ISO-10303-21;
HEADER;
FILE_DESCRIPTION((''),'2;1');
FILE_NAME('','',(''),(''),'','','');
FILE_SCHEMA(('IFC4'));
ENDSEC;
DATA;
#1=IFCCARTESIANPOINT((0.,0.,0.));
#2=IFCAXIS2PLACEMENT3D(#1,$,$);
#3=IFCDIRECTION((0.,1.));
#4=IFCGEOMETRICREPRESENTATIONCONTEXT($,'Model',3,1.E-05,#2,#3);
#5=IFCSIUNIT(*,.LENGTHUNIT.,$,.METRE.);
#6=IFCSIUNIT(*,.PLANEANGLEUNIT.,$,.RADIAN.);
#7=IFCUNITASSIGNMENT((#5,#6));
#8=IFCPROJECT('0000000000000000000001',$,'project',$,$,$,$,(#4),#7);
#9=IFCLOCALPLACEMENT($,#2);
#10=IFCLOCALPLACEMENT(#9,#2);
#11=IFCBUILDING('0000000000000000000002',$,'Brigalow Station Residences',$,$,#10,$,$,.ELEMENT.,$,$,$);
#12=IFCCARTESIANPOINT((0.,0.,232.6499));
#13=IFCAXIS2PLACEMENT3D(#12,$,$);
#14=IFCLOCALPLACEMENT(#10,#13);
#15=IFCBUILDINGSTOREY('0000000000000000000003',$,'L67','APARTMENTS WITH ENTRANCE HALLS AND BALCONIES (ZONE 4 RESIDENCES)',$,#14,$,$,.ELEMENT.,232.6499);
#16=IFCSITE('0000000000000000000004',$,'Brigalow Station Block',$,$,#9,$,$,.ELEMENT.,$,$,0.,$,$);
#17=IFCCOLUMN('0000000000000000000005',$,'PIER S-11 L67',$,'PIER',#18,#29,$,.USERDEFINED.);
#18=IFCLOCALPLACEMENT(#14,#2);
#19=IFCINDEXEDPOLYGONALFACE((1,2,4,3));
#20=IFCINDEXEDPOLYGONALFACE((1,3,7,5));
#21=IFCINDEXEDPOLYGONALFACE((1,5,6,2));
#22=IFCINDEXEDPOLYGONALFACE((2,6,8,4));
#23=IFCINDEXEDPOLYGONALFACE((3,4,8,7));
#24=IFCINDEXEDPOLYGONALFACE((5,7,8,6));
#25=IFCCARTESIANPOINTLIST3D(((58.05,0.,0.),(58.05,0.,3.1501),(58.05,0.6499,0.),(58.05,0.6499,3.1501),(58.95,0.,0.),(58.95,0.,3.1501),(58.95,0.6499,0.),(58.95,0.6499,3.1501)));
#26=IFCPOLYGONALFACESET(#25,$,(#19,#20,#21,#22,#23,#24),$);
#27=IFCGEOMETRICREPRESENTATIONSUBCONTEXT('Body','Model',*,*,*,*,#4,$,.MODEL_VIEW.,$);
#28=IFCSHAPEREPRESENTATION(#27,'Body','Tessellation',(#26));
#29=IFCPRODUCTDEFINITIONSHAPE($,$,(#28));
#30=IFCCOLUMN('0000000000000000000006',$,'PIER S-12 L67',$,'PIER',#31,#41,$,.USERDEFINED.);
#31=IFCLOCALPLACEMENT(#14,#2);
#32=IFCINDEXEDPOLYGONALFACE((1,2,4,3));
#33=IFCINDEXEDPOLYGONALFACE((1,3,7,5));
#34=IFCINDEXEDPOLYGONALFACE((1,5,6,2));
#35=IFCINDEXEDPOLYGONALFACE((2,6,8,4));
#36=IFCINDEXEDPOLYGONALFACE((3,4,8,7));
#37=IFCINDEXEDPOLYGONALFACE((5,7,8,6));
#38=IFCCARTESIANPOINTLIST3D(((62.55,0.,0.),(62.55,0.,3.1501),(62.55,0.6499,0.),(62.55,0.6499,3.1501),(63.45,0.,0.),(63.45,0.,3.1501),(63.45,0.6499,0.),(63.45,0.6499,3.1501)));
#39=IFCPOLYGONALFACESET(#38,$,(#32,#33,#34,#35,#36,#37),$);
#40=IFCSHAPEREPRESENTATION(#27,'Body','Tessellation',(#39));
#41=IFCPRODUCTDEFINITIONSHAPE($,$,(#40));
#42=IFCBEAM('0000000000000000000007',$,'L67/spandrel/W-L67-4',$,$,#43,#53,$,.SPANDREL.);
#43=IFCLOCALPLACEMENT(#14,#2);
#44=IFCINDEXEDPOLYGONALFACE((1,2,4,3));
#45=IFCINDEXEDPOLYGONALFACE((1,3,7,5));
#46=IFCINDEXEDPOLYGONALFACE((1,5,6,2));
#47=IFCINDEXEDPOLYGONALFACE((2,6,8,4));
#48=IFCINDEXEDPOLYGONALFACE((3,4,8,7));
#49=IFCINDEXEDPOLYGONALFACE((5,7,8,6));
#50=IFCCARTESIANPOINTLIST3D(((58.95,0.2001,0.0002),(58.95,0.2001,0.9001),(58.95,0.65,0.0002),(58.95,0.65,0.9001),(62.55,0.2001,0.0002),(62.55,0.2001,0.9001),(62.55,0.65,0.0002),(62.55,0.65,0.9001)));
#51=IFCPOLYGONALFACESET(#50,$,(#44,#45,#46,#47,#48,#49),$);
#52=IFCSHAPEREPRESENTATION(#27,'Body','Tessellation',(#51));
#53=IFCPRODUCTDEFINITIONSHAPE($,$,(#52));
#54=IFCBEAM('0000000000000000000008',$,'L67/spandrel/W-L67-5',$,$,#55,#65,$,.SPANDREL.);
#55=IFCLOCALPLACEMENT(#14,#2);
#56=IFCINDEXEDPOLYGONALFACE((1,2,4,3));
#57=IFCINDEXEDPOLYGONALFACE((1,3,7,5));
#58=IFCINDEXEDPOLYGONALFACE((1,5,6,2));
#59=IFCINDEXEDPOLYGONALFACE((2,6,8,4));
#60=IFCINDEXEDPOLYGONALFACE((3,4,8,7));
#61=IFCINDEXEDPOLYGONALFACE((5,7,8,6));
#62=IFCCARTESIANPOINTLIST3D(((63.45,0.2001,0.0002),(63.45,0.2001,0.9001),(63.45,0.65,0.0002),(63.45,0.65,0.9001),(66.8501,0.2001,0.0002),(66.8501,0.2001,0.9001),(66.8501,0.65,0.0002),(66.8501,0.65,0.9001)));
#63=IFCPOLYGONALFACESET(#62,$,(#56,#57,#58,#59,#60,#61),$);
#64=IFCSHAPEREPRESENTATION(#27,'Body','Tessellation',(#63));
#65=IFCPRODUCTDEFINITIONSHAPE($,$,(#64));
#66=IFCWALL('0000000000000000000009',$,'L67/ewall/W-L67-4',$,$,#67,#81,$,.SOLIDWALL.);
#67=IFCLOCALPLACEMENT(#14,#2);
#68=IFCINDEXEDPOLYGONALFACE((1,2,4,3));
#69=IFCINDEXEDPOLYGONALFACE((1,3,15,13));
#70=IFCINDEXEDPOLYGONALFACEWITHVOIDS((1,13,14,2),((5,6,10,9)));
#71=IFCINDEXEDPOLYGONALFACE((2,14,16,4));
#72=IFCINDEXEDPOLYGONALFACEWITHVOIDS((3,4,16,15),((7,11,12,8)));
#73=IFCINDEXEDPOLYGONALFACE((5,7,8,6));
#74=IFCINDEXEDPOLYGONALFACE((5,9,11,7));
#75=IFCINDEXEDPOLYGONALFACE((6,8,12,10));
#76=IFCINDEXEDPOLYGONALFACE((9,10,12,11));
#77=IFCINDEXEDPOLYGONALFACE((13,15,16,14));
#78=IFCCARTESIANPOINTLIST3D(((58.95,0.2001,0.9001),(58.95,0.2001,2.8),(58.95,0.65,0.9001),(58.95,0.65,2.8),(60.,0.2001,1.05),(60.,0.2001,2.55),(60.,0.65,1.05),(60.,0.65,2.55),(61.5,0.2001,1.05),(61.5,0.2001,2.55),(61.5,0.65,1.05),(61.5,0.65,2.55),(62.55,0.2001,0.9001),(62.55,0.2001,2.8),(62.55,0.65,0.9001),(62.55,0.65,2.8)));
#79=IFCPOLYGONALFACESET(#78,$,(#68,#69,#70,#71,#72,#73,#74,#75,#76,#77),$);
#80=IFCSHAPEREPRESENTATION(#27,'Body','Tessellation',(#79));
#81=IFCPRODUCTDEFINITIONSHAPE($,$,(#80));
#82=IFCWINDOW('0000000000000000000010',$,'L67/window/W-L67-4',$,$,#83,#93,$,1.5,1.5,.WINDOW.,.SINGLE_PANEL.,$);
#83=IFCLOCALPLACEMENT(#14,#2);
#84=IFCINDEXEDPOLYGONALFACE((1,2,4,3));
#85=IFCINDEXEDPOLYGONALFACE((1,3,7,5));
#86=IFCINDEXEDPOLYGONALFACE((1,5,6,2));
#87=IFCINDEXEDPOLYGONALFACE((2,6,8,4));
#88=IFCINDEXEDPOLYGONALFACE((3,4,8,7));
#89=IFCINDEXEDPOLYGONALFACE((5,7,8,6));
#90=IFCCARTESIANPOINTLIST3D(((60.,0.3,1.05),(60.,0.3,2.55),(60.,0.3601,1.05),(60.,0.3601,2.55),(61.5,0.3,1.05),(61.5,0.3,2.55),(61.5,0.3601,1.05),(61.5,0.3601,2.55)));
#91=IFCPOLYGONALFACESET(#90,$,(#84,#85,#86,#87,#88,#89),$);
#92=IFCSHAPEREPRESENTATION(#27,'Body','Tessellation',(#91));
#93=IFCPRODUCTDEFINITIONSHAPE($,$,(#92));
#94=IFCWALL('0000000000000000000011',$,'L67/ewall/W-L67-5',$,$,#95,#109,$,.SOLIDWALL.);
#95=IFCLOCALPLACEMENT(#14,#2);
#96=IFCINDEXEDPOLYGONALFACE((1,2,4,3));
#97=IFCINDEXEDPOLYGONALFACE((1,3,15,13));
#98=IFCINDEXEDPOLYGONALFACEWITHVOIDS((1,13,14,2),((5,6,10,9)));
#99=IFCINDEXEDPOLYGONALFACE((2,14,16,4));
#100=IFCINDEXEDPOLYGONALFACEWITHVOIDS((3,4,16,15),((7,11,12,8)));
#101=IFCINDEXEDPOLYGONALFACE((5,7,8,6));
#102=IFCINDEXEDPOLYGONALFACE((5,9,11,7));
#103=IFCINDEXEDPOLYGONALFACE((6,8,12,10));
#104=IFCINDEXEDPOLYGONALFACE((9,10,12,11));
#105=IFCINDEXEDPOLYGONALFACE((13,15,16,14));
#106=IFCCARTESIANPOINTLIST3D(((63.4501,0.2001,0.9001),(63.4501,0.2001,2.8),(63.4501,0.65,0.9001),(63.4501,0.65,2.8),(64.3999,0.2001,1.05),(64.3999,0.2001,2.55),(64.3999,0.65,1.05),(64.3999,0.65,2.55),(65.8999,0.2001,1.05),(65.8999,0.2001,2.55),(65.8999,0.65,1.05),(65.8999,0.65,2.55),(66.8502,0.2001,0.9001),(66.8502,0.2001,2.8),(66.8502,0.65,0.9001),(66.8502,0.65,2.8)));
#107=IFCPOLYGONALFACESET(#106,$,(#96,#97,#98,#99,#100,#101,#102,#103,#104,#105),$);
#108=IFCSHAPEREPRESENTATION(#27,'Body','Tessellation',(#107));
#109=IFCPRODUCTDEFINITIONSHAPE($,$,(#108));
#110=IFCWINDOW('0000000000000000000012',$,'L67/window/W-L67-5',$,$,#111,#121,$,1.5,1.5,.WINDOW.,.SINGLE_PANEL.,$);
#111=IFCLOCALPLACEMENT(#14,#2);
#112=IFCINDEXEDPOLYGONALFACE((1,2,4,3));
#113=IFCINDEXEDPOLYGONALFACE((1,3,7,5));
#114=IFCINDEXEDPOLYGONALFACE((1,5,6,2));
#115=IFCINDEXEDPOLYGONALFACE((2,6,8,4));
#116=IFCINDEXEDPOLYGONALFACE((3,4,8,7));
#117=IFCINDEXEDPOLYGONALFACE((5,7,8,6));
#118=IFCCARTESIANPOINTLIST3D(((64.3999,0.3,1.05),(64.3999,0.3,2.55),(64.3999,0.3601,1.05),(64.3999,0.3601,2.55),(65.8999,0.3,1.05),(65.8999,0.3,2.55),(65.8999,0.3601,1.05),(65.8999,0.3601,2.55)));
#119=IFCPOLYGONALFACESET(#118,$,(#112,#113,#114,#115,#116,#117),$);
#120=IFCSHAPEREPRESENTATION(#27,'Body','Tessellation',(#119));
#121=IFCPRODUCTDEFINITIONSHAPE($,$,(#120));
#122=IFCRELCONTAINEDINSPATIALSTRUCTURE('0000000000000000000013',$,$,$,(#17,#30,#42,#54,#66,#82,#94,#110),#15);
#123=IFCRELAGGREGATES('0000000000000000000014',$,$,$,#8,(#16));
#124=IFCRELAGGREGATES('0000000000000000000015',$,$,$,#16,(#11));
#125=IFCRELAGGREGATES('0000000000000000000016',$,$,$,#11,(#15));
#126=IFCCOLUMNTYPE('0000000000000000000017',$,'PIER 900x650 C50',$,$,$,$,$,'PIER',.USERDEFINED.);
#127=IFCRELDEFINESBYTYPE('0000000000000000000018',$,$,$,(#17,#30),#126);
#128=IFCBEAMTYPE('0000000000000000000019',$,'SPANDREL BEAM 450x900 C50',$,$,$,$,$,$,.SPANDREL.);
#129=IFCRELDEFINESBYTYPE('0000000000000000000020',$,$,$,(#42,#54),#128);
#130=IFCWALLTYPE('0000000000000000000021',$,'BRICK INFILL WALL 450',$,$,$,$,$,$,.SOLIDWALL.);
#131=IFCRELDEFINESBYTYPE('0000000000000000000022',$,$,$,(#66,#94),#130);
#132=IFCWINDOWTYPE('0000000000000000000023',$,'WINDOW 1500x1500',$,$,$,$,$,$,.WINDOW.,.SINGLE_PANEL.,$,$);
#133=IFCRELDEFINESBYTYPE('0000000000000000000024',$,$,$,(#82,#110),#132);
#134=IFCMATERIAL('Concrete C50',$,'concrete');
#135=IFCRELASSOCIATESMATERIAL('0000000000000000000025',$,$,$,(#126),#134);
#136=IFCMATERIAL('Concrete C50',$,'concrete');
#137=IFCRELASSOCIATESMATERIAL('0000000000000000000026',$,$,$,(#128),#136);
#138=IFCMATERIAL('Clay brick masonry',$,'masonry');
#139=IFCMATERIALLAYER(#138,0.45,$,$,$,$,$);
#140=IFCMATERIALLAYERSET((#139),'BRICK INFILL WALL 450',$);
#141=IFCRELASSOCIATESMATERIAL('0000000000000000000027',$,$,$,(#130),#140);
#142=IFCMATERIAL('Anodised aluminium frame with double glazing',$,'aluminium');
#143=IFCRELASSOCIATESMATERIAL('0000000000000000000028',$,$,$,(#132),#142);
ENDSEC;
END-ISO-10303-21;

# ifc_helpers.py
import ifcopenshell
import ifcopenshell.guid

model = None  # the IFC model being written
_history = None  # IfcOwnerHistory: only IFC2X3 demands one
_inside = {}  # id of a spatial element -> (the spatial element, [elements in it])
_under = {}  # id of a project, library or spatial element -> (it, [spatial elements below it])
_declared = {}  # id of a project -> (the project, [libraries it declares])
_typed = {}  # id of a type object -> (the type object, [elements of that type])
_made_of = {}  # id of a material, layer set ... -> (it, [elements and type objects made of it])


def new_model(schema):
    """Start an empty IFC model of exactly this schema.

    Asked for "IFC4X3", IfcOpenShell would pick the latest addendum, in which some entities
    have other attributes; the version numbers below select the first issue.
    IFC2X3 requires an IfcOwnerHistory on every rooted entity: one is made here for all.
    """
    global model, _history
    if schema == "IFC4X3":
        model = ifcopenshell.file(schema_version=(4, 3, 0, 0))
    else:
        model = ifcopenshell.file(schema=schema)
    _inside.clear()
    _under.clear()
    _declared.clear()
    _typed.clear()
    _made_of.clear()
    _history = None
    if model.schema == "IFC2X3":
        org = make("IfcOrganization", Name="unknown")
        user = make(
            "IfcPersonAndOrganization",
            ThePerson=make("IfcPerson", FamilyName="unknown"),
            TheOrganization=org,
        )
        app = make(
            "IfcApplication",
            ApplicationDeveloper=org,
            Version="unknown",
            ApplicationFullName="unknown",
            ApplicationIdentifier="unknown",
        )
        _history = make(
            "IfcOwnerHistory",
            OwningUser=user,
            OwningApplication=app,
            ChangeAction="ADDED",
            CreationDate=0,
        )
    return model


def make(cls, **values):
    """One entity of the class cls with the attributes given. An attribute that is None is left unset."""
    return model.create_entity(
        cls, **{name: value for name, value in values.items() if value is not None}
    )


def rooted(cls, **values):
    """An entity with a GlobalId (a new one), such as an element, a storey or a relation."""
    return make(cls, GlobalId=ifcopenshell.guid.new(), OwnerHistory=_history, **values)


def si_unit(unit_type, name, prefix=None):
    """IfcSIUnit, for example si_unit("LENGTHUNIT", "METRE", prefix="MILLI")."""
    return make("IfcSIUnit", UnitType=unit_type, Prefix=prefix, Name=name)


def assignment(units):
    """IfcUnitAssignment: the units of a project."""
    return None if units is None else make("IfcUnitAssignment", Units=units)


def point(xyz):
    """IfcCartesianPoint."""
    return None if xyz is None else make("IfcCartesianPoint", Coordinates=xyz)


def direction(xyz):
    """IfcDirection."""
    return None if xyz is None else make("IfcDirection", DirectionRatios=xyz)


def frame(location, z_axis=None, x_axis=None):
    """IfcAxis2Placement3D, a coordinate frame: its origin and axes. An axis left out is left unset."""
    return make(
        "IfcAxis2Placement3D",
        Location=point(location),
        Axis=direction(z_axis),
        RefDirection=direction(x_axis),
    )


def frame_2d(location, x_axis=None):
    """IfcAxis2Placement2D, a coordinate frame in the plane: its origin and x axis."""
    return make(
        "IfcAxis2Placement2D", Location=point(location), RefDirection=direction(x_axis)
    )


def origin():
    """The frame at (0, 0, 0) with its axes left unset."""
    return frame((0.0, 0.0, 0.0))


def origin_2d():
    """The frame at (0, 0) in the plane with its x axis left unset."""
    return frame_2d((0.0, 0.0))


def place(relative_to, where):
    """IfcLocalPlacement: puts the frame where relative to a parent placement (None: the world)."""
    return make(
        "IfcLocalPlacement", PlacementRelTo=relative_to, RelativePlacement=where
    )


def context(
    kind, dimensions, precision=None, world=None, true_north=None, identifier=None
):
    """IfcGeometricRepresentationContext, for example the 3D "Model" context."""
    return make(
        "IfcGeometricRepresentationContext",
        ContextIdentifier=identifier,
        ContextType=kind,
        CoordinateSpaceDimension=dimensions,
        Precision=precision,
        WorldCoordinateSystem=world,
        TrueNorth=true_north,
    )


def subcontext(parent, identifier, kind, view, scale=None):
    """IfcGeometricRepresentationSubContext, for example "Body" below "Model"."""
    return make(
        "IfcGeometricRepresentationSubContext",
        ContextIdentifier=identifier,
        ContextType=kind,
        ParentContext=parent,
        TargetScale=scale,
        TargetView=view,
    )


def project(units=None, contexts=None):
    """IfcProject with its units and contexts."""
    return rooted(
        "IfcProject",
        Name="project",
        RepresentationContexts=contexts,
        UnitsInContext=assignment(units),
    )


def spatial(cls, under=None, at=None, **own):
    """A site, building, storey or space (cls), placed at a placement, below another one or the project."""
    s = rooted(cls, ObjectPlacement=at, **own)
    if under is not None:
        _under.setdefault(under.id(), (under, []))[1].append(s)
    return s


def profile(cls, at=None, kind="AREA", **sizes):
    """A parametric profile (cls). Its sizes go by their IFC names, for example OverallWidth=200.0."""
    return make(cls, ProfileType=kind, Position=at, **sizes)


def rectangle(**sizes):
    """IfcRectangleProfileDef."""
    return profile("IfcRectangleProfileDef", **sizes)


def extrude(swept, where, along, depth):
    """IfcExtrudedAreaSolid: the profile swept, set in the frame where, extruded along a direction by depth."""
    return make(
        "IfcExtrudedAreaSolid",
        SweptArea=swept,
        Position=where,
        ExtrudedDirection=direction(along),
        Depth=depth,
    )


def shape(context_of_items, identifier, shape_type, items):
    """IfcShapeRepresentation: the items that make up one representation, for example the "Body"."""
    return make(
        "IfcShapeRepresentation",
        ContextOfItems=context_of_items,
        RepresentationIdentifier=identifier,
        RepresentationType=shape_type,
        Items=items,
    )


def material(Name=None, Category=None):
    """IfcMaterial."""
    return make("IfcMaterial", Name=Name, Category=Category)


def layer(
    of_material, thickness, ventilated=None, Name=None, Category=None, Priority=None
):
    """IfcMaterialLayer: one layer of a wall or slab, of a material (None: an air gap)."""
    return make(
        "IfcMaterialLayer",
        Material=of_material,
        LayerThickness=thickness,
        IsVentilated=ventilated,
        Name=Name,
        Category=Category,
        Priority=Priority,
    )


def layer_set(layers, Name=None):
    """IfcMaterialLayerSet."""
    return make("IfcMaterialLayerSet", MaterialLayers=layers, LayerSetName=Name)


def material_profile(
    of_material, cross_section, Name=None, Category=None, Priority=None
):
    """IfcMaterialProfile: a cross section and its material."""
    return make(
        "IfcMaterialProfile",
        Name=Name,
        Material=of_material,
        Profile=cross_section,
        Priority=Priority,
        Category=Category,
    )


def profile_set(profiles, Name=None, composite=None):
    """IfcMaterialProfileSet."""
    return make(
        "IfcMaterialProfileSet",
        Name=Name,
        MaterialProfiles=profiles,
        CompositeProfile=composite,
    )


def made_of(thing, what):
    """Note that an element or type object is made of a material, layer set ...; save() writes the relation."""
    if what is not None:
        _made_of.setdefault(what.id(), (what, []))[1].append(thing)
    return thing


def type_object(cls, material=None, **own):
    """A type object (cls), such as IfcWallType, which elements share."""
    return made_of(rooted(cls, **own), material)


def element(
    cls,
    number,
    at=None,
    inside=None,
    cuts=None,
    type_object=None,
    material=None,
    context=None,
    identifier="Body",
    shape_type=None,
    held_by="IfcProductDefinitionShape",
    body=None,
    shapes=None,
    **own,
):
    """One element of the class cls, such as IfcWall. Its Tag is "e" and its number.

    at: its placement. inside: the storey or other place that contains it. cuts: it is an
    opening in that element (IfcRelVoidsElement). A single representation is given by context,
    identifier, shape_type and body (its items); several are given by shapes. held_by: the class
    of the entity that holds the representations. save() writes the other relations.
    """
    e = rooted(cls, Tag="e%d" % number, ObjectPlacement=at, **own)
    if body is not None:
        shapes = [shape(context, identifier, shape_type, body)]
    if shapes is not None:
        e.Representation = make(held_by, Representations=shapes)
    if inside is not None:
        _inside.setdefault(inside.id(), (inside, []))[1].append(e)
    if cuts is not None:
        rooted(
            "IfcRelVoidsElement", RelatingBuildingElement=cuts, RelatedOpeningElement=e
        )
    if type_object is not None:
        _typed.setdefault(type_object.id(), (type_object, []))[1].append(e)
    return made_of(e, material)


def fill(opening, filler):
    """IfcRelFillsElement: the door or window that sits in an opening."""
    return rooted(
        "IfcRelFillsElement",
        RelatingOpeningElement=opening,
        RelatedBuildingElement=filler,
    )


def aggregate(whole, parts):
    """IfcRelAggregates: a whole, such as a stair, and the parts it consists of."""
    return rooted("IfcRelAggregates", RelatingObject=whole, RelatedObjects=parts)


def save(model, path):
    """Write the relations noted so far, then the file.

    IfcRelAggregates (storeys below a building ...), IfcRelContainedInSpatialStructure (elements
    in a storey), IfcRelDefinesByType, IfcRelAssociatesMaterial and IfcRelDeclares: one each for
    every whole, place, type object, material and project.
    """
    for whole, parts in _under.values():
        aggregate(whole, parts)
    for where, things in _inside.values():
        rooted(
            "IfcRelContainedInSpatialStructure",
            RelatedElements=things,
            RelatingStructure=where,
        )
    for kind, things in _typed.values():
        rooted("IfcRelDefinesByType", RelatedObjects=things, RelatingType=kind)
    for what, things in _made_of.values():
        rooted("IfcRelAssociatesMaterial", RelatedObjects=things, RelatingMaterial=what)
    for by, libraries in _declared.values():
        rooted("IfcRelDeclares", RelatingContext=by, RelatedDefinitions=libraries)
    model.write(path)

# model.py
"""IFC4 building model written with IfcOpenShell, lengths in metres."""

from ifc_helpers import new_model, si_unit, direction, frame, frame_2d, origin, origin_2d, place, context, subcontext, project, spatial, rectangle, extrude, material, layer, layer_set, material_profile, profile_set, type_object, element, fill, save


model = new_model("IFC4")

# Units and contexts
model_context = context("Model", 3, precision=1e-05, world=origin(), true_north=direction((0.0, 1.0)))
body_context = subcontext(model_context, "Body", "Model", "MODEL_VIEW")
ifc_project = project(units=[si_unit("LENGTHUNIT", "METRE"), si_unit("PLANEANGLEUNIT", "RADIAN")], contexts=[model_context])

# Site, building, storey
site_placement = place(None, origin())
site = spatial("IfcSite", under=ifc_project, at=site_placement, Name="Brigalow Station Block", CompositionType="ELEMENT", RefElevation=0.0)
building_placement = place(site_placement, origin())
building = spatial("IfcBuilding", under=site, at=building_placement, Name="Brigalow Station Residences", CompositionType="ELEMENT")
storey_placement = place(building_placement, frame((0.0, 0.0, 232.6499)))
storey = spatial("IfcBuildingStorey", under=building, at=storey_placement, Name="L67", Description="APARTMENTS WITH ENTRANCE HALLS AND BALCONIES (ZONE 4 RESIDENCES)", CompositionType="ELEMENT", Elevation=232.6499)

# Columns
ifc_material_1 = material(Name="Concrete C50", Category="concrete")
ifc_material_profile_1 = material_profile(ifc_material_1, rectangle(XDim=0.8999, YDim=0.6499, at=origin_2d()), Name="RC900x650")
ifc_profile_set_1 = profile_set([ifc_material_profile_1], Name="Concrete C50")
column_type = type_object("IfcColumnType", Name="PIER 900x650 C50", ElementType="PIER", PredefinedType="USERDEFINED", material=ifc_profile_set_1)
for number, where, z_axis, x_axis, name in (
    (1, (58.5, 0.325, 0.0), (0.0, 0.0, 1.0), (1.0, 0.0, 0.0), "PIER S-11 L67"),
    (2, (63.0, 0.325, 0.0), (0.0, 0.0, 1.0), (1.0, 0.0, 0.0), "PIER S-12 L67"),
):
    element("IfcColumn", number, at=place(storey_placement, frame(where, z_axis=z_axis, x_axis=x_axis)), inside=storey, type_object=column_type, Name=name, ObjectType="PIER", PredefinedType="USERDEFINED", context=body_context, shape_type="SweptSolid", body=[
        extrude(rectangle(XDim=0.8999, YDim=0.6499, at=origin_2d()), origin(), (0.0, 0.0, 1.0), 3.1501),
    ])

# Beams
ifc_material_2 = material(Name="Concrete C50", Category="concrete")
ifc_material_profile_2 = material_profile(ifc_material_2, rectangle(XDim=0.45, YDim=0.8999, at=origin_2d()), Name="RC450x900")
ifc_profile_set_2 = profile_set([ifc_material_profile_2], Name="Concrete C50")
beam_type = type_object("IfcBeamType", Name="SPANDREL BEAM 450x900 C50", PredefinedType="SPANDREL", material=ifc_profile_set_2)
beam_1_placement = place(storey_placement, frame((58.95, 0.425, 0.4502), z_axis=(1.0, 0.0, 0.0), x_axis=(0.0, 1.0, 0.0)))
element("IfcBeam", 3, at=beam_1_placement, inside=storey, type_object=beam_type, Name="L67/spandrel/W-L67-4", PredefinedType="SPANDREL", context=body_context, shape_type="SweptSolid", body=[
    extrude(rectangle(XDim=0.45, YDim=0.8999, at=origin_2d()), origin(), (0.0, 0.0, 1.0), 3.6001),
])
beam_2_placement = place(storey_placement, frame((63.45, 0.425, 0.4502), z_axis=(1.0, 0.0, 0.0), x_axis=(0.0, 1.0, 0.0)))
element("IfcBeam", 4, at=beam_2_placement, inside=storey, type_object=beam_type, Name="L67/spandrel/W-L67-5", PredefinedType="SPANDREL", context=body_context, shape_type="SweptSolid", body=[
    extrude(rectangle(XDim=0.45, YDim=0.8999, at=origin_2d()), origin(), (0.0, 0.0, 1.0), 3.4001),
])

# Walls, openings, windows
ifc_material_3 = material(Name="Clay brick masonry", Category="masonry")
ifc_layer_1 = layer(ifc_material_3, 0.45)
ifc_layer_set_1 = layer_set([ifc_layer_1], Name="BRICK INFILL WALL 450")
wall_type_1 = type_object("IfcWallType", Name="BRICK INFILL WALL 450", PredefinedType="SOLIDWALL", material=ifc_layer_set_1)
wall_1_placement = place(storey_placement, frame((58.95, 0.425, 0.9001), z_axis=(0.0, 0.0, 1.0), x_axis=(1.0, 0.0, 0.0)))
wall_1 = element("IfcWall", 5, at=wall_1_placement, inside=storey, type_object=wall_type_1, Name="L67/ewall/W-L67-4", PredefinedType="SOLIDWALL", context=body_context, shape_type="SweptSolid", body=[
    extrude(rectangle(XDim=3.6001, YDim=0.45, at=frame_2d((1.8, 0.0))), origin(), (0.0, 0.0, 1.0), 1.8999),
])
opening_1_placement = place(wall_1_placement, frame((1.05, 0.0, 0.1499)))
opening_1 = element("IfcOpeningElement", 6, at=opening_1_placement, cuts=wall_1, PredefinedType="OPENING", context=body_context, shape_type="SweptSolid", body=[
    extrude(rectangle(XDim=1.5, YDim=1.5, at=frame_2d((0.75, 0.75))), frame((0.0, 0.2349, 0.0), z_axis=(0.0, -1.0, 0.0), x_axis=(1.0, 0.0, 0.0)), (0.0, 0.0, 1.0), 0.47),
])
ifc_material_4 = material(Name="Anodised aluminium frame with double glazing", Category="aluminium")
window_type = type_object("IfcWindowType", Name="WINDOW 1500x1500", PartitioningType="SINGLE_PANEL", PredefinedType="WINDOW", material=ifc_material_4)
window_1_placement = place(opening_1_placement, origin())
window_1 = element("IfcWindow", 7, at=window_1_placement, inside=storey, type_object=window_type, Name="L67/window/W-L67-4", OverallHeight=1.5, OverallWidth=1.5, PartitioningType="SINGLE_PANEL", PredefinedType="WINDOW", context=body_context, shape_type="SweptSolid", body=[
    extrude(rectangle(XDim=1.5, YDim=1.5, at=frame_2d((0.75, 0.75))), frame((0.0, -0.0649, 0.0), z_axis=(0.0, -1.0, 0.0), x_axis=(1.0, 0.0, 0.0)), (0.0, 0.0, 1.0), 0.0601),
])
fill(opening_1, window_1)
wall_2_placement = place(storey_placement, frame((63.45, 0.425, 0.9001), z_axis=(0.0, 0.0, 1.0), x_axis=(1.0, 0.0, 0.0)))
wall_2 = element("IfcWall", 8, at=wall_2_placement, inside=storey, type_object=wall_type_1, Name="L67/ewall/W-L67-5", PredefinedType="SOLIDWALL", context=body_context, shape_type="SweptSolid", body=[
    extrude(rectangle(XDim=3.4001, YDim=0.45, at=frame_2d((1.7002, 0.0))), origin(), (0.0, 0.0, 1.0), 1.8999),
])
opening_2_placement = place(wall_2_placement, frame((0.95, 0.0, 0.1499)))
opening_2 = element("IfcOpeningElement", 9, at=opening_2_placement, cuts=wall_2, PredefinedType="OPENING", context=body_context, shape_type="SweptSolid", body=[
    extrude(rectangle(XDim=1.5, YDim=1.5, at=frame_2d((0.75, 0.75))), frame((0.0, 0.2349, 0.0), z_axis=(0.0, -1.0, 0.0), x_axis=(1.0, 0.0, 0.0)), (0.0, 0.0, 1.0), 0.47),
])
window_2_placement = place(opening_2_placement, origin())
window_2 = element("IfcWindow", 10, at=window_2_placement, inside=storey, type_object=window_type, Name="L67/window/W-L67-5", OverallHeight=1.5, OverallWidth=1.5, PartitioningType="SINGLE_PANEL", PredefinedType="WINDOW", context=body_context, shape_type="SweptSolid", body=[
    extrude(rectangle(XDim=1.5, YDim=1.5, at=frame_2d((0.75, 0.75))), frame((0.0, -0.0649, 0.0), z_axis=(0.0, -1.0, 0.0), x_axis=(1.0, 0.0, 0.0)), (0.0, 0.0, 1.0), 0.0601),
])
fill(opening_2, window_2)

save(model, "model.ifc")
